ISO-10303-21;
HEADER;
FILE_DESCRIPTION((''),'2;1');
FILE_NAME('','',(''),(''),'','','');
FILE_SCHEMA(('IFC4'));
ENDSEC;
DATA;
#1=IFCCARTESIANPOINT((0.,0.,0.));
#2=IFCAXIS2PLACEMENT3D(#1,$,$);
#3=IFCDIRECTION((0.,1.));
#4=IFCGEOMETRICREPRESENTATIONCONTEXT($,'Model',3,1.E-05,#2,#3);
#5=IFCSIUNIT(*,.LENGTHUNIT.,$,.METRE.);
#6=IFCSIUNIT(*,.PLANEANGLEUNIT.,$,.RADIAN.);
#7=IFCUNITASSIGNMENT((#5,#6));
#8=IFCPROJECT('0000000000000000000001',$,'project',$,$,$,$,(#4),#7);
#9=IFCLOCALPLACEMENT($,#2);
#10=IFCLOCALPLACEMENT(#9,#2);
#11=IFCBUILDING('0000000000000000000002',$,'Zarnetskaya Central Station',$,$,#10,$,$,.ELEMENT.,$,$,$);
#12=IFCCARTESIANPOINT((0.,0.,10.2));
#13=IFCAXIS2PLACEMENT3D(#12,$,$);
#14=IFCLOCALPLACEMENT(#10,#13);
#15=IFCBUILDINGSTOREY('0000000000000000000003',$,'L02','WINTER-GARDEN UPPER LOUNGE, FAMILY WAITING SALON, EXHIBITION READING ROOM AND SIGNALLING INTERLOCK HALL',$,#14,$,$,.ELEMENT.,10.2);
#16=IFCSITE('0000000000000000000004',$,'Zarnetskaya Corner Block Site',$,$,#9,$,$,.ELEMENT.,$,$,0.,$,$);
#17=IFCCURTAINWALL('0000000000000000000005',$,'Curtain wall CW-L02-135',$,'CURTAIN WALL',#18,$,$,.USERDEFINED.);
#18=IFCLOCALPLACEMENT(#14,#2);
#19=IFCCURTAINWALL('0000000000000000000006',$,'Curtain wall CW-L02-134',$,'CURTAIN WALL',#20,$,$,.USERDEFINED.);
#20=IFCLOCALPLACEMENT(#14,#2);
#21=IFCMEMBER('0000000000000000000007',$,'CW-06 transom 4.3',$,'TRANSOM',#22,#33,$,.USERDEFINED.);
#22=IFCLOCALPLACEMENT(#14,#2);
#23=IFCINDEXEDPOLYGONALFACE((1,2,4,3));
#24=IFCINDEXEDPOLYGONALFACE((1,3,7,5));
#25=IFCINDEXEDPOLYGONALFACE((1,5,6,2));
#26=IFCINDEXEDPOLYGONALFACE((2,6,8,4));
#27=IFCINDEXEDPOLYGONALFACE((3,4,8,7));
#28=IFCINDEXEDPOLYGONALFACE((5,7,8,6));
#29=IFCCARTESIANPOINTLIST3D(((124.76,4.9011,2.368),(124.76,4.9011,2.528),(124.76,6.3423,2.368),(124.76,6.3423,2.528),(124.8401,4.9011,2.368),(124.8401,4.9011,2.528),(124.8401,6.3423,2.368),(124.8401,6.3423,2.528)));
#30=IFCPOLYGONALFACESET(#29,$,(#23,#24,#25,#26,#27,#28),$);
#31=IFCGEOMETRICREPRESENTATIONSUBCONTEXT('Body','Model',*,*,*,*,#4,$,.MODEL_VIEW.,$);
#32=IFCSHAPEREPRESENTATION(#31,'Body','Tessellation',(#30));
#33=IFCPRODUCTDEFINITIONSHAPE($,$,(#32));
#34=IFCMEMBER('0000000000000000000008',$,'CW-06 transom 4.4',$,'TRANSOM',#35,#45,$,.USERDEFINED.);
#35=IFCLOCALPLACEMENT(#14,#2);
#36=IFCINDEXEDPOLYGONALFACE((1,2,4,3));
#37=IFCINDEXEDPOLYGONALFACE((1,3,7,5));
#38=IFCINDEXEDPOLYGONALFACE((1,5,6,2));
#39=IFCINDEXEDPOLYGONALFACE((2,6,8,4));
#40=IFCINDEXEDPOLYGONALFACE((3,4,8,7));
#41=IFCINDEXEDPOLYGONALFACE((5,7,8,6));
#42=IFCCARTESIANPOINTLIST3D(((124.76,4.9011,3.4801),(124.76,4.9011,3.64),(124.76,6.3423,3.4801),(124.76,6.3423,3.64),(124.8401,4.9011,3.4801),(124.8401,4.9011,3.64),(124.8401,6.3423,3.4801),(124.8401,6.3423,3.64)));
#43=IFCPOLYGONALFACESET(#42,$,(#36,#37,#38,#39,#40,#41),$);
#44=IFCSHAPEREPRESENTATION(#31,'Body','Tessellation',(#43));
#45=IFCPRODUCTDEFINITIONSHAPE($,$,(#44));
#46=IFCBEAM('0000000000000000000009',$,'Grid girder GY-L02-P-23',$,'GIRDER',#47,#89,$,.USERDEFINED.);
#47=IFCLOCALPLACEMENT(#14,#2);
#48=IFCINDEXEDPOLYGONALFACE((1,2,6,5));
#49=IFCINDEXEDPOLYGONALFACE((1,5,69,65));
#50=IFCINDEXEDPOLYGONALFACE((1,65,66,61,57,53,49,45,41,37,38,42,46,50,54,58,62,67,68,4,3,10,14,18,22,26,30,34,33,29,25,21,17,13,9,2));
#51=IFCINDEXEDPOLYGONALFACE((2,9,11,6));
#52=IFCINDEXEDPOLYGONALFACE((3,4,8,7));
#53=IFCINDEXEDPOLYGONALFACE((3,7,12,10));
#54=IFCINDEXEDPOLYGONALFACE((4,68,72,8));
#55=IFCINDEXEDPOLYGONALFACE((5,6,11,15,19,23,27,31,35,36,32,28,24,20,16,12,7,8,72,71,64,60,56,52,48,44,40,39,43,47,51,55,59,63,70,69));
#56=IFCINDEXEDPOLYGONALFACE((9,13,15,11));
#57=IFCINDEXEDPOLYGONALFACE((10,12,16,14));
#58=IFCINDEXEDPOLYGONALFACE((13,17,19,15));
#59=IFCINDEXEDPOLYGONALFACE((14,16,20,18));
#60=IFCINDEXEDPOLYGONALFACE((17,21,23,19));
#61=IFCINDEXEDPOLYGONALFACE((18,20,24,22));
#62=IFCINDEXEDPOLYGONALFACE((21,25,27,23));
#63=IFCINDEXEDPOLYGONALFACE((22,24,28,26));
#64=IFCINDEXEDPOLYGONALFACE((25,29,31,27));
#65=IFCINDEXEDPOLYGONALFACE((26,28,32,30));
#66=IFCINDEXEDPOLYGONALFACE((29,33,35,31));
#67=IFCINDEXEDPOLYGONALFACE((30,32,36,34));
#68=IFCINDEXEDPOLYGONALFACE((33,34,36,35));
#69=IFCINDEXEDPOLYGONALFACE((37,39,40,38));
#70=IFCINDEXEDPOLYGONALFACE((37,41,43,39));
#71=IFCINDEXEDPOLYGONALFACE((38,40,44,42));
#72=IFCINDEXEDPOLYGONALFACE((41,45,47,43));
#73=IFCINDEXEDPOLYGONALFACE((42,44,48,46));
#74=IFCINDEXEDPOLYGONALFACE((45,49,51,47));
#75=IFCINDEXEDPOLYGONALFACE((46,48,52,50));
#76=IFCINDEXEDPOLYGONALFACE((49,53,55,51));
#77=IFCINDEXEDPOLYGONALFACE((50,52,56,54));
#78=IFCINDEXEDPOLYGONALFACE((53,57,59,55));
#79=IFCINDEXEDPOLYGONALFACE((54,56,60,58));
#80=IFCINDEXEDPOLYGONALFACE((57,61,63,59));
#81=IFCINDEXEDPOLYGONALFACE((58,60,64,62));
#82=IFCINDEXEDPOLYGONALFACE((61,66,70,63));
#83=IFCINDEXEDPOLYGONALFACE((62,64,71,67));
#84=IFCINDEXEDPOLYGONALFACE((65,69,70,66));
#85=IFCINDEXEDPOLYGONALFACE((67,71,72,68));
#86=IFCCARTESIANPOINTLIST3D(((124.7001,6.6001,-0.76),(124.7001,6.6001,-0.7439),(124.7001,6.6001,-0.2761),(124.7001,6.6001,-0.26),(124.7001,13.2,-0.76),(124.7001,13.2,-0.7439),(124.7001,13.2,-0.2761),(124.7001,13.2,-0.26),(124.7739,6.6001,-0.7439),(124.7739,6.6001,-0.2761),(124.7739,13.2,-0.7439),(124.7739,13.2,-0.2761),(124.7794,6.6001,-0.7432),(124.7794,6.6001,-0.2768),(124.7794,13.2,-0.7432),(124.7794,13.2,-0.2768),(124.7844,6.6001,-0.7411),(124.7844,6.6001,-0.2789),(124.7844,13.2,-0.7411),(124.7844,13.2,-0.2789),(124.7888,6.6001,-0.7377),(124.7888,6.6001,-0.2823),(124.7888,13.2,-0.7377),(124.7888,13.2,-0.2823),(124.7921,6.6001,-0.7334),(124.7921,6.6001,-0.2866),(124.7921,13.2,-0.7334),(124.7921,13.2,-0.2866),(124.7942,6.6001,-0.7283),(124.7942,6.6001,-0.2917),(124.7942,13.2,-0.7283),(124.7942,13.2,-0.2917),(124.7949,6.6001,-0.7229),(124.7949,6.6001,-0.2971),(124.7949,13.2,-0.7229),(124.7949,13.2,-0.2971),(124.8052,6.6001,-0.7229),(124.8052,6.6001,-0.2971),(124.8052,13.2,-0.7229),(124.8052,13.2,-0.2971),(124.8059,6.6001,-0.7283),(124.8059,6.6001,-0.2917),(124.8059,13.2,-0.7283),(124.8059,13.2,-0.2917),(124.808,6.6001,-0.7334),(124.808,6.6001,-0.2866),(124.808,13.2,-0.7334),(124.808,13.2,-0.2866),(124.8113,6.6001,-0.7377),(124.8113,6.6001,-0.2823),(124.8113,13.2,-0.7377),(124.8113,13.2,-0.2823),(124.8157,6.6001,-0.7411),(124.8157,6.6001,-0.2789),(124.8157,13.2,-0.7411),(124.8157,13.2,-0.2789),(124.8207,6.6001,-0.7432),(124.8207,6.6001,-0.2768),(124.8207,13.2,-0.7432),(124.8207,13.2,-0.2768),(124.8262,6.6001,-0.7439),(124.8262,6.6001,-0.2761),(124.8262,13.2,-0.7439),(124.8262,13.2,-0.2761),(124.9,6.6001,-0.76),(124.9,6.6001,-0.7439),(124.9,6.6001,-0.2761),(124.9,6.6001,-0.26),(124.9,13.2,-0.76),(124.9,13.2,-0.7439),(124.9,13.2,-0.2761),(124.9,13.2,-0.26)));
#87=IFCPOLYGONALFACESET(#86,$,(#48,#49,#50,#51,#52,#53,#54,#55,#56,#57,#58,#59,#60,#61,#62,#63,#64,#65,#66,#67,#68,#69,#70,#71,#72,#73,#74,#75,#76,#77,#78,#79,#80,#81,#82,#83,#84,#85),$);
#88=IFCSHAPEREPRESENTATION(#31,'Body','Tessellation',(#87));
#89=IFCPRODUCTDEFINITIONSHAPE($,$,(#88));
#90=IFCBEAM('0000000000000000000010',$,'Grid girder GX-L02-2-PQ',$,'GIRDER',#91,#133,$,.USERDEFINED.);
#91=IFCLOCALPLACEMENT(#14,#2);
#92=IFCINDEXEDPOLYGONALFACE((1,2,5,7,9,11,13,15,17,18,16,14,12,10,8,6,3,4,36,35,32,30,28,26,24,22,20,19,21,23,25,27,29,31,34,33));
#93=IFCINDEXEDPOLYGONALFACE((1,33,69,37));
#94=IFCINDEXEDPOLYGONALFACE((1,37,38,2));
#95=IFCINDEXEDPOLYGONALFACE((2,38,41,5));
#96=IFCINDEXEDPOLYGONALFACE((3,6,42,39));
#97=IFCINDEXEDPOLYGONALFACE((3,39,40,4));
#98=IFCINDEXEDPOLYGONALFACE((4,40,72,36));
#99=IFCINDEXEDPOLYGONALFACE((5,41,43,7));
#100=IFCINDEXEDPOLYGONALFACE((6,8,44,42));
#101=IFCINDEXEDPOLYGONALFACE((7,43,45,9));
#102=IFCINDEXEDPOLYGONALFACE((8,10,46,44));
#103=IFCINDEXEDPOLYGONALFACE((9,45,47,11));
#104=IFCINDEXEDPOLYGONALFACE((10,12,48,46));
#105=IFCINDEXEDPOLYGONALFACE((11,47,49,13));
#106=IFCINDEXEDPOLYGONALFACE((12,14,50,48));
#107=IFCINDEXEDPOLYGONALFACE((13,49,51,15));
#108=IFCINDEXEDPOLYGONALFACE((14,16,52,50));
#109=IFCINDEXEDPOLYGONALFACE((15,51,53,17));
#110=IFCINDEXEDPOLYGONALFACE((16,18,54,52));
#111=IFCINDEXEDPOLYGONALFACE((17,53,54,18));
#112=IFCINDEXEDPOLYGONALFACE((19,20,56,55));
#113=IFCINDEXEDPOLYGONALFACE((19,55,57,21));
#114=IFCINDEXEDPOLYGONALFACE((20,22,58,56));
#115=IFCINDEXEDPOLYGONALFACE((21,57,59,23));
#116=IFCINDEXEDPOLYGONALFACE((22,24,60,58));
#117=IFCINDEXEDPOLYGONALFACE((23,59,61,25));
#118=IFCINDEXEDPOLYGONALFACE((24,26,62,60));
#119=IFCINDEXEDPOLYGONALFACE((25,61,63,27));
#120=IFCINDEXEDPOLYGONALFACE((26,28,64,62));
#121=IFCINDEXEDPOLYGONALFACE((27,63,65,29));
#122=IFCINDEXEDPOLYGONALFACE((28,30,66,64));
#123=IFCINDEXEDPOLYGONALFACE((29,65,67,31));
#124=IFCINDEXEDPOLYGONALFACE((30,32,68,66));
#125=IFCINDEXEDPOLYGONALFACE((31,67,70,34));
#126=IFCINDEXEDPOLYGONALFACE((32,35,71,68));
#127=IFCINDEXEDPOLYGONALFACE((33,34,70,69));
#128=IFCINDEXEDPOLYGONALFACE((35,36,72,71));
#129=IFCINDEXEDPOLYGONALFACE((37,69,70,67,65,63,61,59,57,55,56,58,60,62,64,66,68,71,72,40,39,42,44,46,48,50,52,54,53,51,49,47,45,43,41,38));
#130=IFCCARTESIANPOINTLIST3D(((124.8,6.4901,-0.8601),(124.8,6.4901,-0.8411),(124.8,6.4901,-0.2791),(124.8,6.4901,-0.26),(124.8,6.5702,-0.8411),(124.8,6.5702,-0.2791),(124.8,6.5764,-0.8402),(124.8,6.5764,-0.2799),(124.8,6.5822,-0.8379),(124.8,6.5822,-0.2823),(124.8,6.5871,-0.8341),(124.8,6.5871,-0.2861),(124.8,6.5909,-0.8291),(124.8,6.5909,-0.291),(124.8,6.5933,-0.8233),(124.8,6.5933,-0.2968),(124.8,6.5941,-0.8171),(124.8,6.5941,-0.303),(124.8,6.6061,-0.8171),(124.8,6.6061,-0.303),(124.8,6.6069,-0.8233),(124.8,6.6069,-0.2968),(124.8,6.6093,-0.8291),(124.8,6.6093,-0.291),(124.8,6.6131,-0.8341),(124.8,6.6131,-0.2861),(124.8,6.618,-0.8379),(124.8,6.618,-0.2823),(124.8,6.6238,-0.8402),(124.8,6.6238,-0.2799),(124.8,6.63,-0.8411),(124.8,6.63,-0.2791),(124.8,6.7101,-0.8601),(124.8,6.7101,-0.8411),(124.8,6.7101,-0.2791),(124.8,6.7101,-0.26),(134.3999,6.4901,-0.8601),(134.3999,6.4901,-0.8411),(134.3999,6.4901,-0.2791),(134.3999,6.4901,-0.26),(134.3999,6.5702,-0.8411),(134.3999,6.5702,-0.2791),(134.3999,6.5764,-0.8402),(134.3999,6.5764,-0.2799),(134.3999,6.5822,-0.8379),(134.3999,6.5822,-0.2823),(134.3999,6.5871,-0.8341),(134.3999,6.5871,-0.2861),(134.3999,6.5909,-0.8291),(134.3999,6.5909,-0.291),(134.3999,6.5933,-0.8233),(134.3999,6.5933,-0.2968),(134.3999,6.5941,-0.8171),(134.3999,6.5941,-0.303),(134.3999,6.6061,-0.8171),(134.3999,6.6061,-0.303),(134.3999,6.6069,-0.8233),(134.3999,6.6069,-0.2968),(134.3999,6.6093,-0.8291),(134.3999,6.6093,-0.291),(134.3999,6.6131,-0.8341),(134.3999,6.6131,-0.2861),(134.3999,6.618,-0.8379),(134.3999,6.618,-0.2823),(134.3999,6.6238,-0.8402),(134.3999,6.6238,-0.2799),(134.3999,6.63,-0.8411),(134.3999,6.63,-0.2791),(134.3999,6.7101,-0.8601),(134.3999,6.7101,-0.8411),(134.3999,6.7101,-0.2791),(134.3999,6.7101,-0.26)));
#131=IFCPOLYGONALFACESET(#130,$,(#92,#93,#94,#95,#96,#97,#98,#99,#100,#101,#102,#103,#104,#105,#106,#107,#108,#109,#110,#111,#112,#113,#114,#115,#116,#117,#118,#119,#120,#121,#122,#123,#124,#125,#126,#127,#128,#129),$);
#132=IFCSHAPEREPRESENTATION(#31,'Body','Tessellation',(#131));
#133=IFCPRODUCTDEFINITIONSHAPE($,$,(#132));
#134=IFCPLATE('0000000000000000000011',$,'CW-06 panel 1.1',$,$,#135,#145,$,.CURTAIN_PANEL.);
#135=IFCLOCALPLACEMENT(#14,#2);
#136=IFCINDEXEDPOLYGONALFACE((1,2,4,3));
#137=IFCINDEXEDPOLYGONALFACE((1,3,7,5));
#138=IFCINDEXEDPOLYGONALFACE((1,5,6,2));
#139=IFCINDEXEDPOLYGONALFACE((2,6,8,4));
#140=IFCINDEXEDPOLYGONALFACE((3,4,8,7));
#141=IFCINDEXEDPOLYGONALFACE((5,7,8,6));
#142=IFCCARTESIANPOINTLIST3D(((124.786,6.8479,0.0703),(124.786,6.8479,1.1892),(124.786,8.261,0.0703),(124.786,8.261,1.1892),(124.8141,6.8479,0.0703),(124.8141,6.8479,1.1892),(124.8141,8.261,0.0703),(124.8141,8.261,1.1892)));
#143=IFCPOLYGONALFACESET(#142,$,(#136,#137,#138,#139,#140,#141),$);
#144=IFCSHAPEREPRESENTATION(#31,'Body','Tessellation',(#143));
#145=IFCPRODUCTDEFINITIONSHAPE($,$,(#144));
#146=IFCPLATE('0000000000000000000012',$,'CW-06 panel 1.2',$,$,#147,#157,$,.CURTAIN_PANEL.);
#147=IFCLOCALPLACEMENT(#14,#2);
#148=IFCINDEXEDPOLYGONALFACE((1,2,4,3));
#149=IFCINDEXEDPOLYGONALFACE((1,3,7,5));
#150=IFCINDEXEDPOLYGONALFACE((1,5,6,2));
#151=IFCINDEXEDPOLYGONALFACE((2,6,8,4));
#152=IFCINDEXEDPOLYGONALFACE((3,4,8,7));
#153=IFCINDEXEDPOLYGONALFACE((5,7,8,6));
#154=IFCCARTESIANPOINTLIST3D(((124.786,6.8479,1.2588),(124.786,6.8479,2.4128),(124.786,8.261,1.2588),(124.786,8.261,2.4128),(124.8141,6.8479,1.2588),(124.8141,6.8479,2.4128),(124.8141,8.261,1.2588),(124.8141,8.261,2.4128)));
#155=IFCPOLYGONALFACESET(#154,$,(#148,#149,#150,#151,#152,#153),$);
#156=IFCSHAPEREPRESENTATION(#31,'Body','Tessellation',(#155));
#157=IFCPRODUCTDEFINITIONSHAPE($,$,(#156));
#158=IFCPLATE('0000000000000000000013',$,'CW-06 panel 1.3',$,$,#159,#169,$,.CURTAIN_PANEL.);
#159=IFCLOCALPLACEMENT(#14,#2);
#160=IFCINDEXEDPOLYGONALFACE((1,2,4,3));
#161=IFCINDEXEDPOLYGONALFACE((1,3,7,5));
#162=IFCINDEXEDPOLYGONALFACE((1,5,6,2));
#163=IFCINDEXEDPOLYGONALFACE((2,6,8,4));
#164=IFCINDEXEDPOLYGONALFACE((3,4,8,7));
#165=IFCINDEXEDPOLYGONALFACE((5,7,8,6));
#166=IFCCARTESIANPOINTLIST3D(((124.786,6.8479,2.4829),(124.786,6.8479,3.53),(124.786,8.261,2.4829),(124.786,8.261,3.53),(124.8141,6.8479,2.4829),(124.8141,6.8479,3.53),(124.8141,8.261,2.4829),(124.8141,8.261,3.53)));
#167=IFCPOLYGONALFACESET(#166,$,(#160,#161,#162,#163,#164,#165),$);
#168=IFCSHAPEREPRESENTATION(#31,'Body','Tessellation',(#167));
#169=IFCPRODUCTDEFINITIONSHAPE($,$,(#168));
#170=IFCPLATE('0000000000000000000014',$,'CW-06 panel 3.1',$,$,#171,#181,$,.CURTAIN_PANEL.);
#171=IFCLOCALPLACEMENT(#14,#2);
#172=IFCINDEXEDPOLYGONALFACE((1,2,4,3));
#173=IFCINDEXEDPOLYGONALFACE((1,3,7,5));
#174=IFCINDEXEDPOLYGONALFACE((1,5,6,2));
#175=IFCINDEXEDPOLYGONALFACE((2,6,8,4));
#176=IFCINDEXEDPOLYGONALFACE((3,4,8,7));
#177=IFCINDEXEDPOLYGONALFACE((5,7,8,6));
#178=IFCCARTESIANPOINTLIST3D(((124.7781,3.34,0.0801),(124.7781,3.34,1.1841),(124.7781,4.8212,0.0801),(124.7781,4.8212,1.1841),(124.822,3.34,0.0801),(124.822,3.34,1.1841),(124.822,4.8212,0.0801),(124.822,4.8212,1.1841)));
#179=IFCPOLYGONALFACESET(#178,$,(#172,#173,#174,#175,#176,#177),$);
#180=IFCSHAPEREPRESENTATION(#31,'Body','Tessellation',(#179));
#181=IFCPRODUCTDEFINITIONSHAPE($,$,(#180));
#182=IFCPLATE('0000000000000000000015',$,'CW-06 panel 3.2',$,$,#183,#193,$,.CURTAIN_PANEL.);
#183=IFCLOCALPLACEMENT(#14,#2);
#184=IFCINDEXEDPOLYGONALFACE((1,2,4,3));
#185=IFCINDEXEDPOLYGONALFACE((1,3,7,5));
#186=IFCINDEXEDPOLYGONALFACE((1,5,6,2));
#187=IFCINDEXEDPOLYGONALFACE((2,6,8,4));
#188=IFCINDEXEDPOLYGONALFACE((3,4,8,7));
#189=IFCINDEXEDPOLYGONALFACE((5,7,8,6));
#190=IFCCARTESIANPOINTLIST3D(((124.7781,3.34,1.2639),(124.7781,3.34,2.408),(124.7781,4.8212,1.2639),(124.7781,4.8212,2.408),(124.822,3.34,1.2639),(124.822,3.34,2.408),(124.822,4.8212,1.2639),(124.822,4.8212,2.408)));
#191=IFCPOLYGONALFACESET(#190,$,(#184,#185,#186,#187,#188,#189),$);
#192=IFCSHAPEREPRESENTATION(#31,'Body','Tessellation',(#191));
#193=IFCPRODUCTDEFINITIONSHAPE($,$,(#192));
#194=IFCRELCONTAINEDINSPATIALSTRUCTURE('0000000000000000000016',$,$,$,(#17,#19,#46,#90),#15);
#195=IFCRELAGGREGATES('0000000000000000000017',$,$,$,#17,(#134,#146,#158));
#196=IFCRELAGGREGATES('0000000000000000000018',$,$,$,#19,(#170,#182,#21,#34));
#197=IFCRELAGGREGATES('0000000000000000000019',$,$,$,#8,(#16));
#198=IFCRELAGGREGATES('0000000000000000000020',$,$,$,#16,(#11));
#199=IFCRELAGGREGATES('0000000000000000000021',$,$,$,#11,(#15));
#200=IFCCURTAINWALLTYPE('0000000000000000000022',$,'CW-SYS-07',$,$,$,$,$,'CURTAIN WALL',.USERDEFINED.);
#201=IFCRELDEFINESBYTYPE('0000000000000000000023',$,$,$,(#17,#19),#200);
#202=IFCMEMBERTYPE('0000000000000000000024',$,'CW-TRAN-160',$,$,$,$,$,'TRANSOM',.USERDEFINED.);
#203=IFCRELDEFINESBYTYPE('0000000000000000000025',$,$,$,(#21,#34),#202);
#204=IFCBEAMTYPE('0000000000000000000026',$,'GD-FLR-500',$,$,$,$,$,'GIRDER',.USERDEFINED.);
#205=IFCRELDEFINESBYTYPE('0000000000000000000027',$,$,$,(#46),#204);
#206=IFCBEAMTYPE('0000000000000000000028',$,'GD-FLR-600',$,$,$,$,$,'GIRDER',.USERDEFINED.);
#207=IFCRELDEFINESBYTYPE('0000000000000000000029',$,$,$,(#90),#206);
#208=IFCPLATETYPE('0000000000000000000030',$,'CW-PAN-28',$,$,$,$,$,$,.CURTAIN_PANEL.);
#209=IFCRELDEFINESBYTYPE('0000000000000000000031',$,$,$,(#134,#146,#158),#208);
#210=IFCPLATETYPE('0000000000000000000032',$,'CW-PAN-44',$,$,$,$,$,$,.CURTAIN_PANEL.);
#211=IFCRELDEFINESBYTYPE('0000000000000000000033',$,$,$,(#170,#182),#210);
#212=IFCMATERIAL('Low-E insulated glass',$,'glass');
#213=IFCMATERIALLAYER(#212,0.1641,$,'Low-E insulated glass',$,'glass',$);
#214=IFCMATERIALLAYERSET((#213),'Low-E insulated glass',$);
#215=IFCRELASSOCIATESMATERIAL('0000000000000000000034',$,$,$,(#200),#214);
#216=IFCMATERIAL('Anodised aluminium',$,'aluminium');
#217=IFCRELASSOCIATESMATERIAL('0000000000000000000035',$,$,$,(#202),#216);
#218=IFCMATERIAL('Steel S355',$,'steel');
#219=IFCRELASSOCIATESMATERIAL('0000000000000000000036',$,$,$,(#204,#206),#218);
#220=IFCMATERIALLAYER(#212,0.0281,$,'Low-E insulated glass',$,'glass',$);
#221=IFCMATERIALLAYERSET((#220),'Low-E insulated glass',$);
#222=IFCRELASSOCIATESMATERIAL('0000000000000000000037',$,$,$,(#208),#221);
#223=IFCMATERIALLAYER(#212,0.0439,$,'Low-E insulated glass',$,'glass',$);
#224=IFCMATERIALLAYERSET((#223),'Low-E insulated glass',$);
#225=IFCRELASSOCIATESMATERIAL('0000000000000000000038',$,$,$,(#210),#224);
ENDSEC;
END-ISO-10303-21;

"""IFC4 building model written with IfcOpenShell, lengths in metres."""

from ifc_helpers import new_model, si_unit, direction, frame, origin, origin_2d, place, context, subcontext, project, spatial, rectangle, i_section, extrude, material, layer, layer_set, material_profile, profile_set, type_object, element, aggregate, save


model = new_model("IFC4")

# Units and contexts
model_context = context("Model", 3, precision=1e-05, world=origin(), true_north=direction((0.0, 1.0)))
body_context = subcontext(model_context, "Body", "Model", "MODEL_VIEW")
ifc_project = project(units=[si_unit("LENGTHUNIT", "METRE"), si_unit("PLANEANGLEUNIT", "RADIAN")], contexts=[model_context])

# Site, building, storey
site_placement = place(None, origin())
site = spatial("IfcSite", under=ifc_project, at=site_placement, Name="Zarnetskaya Corner Block Site", CompositionType="ELEMENT", RefElevation=0.0)
building_placement = place(site_placement, origin())
building = spatial("IfcBuilding", under=site, at=building_placement, Name="Zarnetskaya Central Station", CompositionType="ELEMENT")
storey_placement = place(building_placement, frame((0.0, 0.0, 10.2)))
storey = spatial("IfcBuildingStorey", under=building, at=storey_placement, Name="L02", Description="WINTER-GARDEN UPPER LOUNGE, FAMILY WAITING SALON, EXHIBITION READING ROOM AND SIGNALLING INTERLOCK HALL", CompositionType="ELEMENT", Elevation=10.2)

# Shared definitions
ifc_material_1 = material(Name="Steel S355", Category="steel")

# Curtain walls
ifc_material_2 = material(Name="Low-E insulated glass", Category="glass")
ifc_layer_1 = layer(ifc_material_2, 0.1641, Name="Low-E insulated glass", Category="glass")
ifc_layer_set_1 = layer_set([ifc_layer_1], Name="Low-E insulated glass")
curtain_wall_type = type_object("IfcCurtainWallType", Name="CW-SYS-07", ElementType="CURTAIN WALL", PredefinedType="USERDEFINED", material=ifc_layer_set_1)
curtain_wall_1_placement = place(storey_placement, origin())
curtain_wall_1 = element("IfcCurtainWall", 1, at=curtain_wall_1_placement, inside=storey, type_object=curtain_wall_type, Name="Curtain wall CW-L02-135", ObjectType="CURTAIN WALL", PredefinedType="USERDEFINED")
ifc_material_3 = material(Name="Anodised aluminium", Category="aluminium")
curtain_wall_2_placement = place(storey_placement, origin())
curtain_wall_2 = element("IfcCurtainWall", 2, at=curtain_wall_2_placement, inside=storey, type_object=curtain_wall_type, Name="Curtain wall CW-L02-134", ObjectType="CURTAIN WALL", PredefinedType="USERDEFINED")

# Members
ifc_material_profile_1 = material_profile(ifc_material_3, rectangle(XDim=0.0801, YDim=0.1599, at=origin_2d()), Name="ALU TRAN 80x160")
ifc_profile_set_1 = profile_set([ifc_material_profile_1], Name="Anodised aluminium")
member_type_1 = type_object("IfcMemberType", Name="CW-TRAN-160", ElementType="TRANSOM", PredefinedType="USERDEFINED", material=ifc_profile_set_1)
member_1_placement = place(storey_placement, frame((124.8, 4.9011, 2.448), z_axis=(0.0, 1.0, 0.0), x_axis=(-1.0, 0.0, 0.0)))
member_1 = element("IfcMember", 3, at=member_1_placement, type_object=member_type_1, Name="CW-06 transom 4.3", ObjectType="TRANSOM", PredefinedType="USERDEFINED", context=body_context, shape_type="SweptSolid", body=[
    extrude(rectangle(XDim=0.0801, YDim=0.1599, at=origin_2d()), origin(), (0.0, 0.0, 1.0), 1.4412),
])
member_2_placement = place(storey_placement, frame((124.8, 4.9011, 3.5601), z_axis=(0.0, 1.0, 0.0), x_axis=(-1.0, 0.0, 0.0)))
member_2 = element("IfcMember", 4, at=member_2_placement, type_object=member_type_1, Name="CW-06 transom 4.4", ObjectType="TRANSOM", PredefinedType="USERDEFINED", context=body_context, shape_type="SweptSolid", body=[
    extrude(rectangle(XDim=0.0801, YDim=0.1599, at=origin_2d()), origin(), (0.0, 0.0, 1.0), 1.4412),
])

# Beams
ifc_material_profile_2 = material_profile(ifc_material_1, i_section(OverallWidth=0.2, OverallDepth=0.5, WebThickness=0.0103, FlangeThickness=0.0161, FilletRadius=0.021, at=origin_2d()), Name="IPE 500")
ifc_profile_set_2 = profile_set([ifc_material_profile_2], Name="Steel S355")
beam_type_1 = type_object("IfcBeamType", Name="GD-FLR-500", ElementType="GIRDER", PredefinedType="USERDEFINED", material=ifc_profile_set_2)
beam_1_placement = place(storey_placement, frame((124.8, 6.6001, -0.51), z_axis=(0.0, 1.0, 0.0), x_axis=(-1.0, 0.0, 0.0)))
element("IfcBeam", 5, at=beam_1_placement, inside=storey, type_object=beam_type_1, Name="Grid girder GY-L02-P-23", ObjectType="GIRDER", PredefinedType="USERDEFINED", context=body_context, shape_type="SweptSolid", body=[
    extrude(i_section(OverallWidth=0.2, OverallDepth=0.5, WebThickness=0.0103, FlangeThickness=0.0161, FilletRadius=0.021, at=origin_2d()), origin(), (0.0, 0.0, 1.0), 6.5999),
])
ifc_material_profile_3 = material_profile(ifc_material_1, i_section(OverallWidth=0.22, OverallDepth=0.6001, WebThickness=0.012, FlangeThickness=0.019, FilletRadius=0.0239, at=origin_2d()), Name="IPE 600")
ifc_profile_set_3 = profile_set([ifc_material_profile_3], Name="Steel S355")
beam_type_2 = type_object("IfcBeamType", Name="GD-FLR-600", ElementType="GIRDER", PredefinedType="USERDEFINED", material=ifc_profile_set_3)
beam_2_placement = place(storey_placement, frame((124.8, 6.6001, -0.5601), z_axis=(1.0, 0.0, 0.0), x_axis=(0.0, 1.0, 0.0)))
element("IfcBeam", 6, at=beam_2_placement, inside=storey, type_object=beam_type_2, Name="Grid girder GX-L02-2-PQ", ObjectType="GIRDER", PredefinedType="USERDEFINED", context=body_context, shape_type="SweptSolid", body=[
    extrude(i_section(OverallWidth=0.22, OverallDepth=0.6001, WebThickness=0.012, FlangeThickness=0.019, FilletRadius=0.0239, at=origin_2d()), origin(), (0.0, 0.0, 1.0), 9.5999),
])

# Plates
ifc_layer_2 = layer(ifc_material_2, 0.0281, Name="Low-E insulated glass", Category="glass")
ifc_layer_set_2 = layer_set([ifc_layer_2], Name="Low-E insulated glass")
plate_type_1 = type_object("IfcPlateType", Name="CW-PAN-28", PredefinedType="CURTAIN_PANEL", material=ifc_layer_set_2)
plate_1_placement = place(storey_placement, frame((124.8, 7.5544, 0.0703), z_axis=(0.0, 0.0, 1.0), x_axis=(0.0, 1.0, 0.0)))
plate_1 = element("IfcPlate", 7, at=plate_1_placement, type_object=plate_type_1, Name="CW-06 panel 1.1", PredefinedType="CURTAIN_PANEL", context=body_context, shape_type="SweptSolid", body=[
    extrude(rectangle(XDim=1.4131, YDim=0.0281, at=origin_2d()), origin(), (0.0, 0.0, 1.0), 1.1189),
])
plate_2_placement = place(storey_placement, frame((124.8, 7.5544, 1.2588), z_axis=(0.0, 0.0, 1.0), x_axis=(0.0, 1.0, 0.0)))
plate_2 = element("IfcPlate", 8, at=plate_2_placement, type_object=plate_type_1, Name="CW-06 panel 1.2", PredefinedType="CURTAIN_PANEL", context=body_context, shape_type="SweptSolid", body=[
    extrude(rectangle(XDim=1.4131, YDim=0.0281, at=origin_2d()), origin(), (0.0, 0.0, 1.0), 1.1541),
])
plate_3_placement = place(storey_placement, frame((124.8, 7.5544, 2.4829), z_axis=(0.0, 0.0, 1.0), x_axis=(0.0, 1.0, 0.0)))
plate_3 = element("IfcPlate", 9, at=plate_3_placement, type_object=plate_type_1, Name="CW-06 panel 1.3", PredefinedType="CURTAIN_PANEL", context=body_context, shape_type="SweptSolid", body=[
    extrude(rectangle(XDim=1.4131, YDim=0.0281, at=origin_2d()), origin(), (0.0, 0.0, 1.0), 1.0471),
])
aggregate(curtain_wall_1, [plate_1, plate_2, plate_3])
ifc_layer_3 = layer(ifc_material_2, 0.0439, Name="Low-E insulated glass", Category="glass")
ifc_layer_set_3 = layer_set([ifc_layer_3], Name="Low-E insulated glass")
plate_type_2 = type_object("IfcPlateType", Name="CW-PAN-44", PredefinedType="CURTAIN_PANEL", material=ifc_layer_set_3)
plate_4_placement = place(storey_placement, frame((124.8, 4.0806, 0.0801), z_axis=(0.0, 0.0, 1.0), x_axis=(0.0, 1.0, 0.0)))
plate_4 = element("IfcPlate", 10, at=plate_4_placement, type_object=plate_type_2, Name="CW-06 panel 3.1", PredefinedType="CURTAIN_PANEL", context=body_context, shape_type="SweptSolid", body=[
    extrude(rectangle(XDim=1.4812, YDim=0.0439, at=origin_2d()), origin(), (0.0, 0.0, 1.0), 1.104),
])
plate_5_placement = place(storey_placement, frame((124.8, 4.0806, 1.2639), z_axis=(0.0, 0.0, 1.0), x_axis=(0.0, 1.0, 0.0)))
plate_5 = element("IfcPlate", 11, at=plate_5_placement, type_object=plate_type_2, Name="CW-06 panel 3.2", PredefinedType="CURTAIN_PANEL", context=body_context, shape_type="SweptSolid", body=[
    extrude(rectangle(XDim=1.4812, YDim=0.0439, at=origin_2d()), origin(), (0.0, 0.0, 1.0), 1.144),
])
aggregate(curtain_wall_2, [plate_4, plate_5, member_1, member_2])

save(model, "model.ifc")
